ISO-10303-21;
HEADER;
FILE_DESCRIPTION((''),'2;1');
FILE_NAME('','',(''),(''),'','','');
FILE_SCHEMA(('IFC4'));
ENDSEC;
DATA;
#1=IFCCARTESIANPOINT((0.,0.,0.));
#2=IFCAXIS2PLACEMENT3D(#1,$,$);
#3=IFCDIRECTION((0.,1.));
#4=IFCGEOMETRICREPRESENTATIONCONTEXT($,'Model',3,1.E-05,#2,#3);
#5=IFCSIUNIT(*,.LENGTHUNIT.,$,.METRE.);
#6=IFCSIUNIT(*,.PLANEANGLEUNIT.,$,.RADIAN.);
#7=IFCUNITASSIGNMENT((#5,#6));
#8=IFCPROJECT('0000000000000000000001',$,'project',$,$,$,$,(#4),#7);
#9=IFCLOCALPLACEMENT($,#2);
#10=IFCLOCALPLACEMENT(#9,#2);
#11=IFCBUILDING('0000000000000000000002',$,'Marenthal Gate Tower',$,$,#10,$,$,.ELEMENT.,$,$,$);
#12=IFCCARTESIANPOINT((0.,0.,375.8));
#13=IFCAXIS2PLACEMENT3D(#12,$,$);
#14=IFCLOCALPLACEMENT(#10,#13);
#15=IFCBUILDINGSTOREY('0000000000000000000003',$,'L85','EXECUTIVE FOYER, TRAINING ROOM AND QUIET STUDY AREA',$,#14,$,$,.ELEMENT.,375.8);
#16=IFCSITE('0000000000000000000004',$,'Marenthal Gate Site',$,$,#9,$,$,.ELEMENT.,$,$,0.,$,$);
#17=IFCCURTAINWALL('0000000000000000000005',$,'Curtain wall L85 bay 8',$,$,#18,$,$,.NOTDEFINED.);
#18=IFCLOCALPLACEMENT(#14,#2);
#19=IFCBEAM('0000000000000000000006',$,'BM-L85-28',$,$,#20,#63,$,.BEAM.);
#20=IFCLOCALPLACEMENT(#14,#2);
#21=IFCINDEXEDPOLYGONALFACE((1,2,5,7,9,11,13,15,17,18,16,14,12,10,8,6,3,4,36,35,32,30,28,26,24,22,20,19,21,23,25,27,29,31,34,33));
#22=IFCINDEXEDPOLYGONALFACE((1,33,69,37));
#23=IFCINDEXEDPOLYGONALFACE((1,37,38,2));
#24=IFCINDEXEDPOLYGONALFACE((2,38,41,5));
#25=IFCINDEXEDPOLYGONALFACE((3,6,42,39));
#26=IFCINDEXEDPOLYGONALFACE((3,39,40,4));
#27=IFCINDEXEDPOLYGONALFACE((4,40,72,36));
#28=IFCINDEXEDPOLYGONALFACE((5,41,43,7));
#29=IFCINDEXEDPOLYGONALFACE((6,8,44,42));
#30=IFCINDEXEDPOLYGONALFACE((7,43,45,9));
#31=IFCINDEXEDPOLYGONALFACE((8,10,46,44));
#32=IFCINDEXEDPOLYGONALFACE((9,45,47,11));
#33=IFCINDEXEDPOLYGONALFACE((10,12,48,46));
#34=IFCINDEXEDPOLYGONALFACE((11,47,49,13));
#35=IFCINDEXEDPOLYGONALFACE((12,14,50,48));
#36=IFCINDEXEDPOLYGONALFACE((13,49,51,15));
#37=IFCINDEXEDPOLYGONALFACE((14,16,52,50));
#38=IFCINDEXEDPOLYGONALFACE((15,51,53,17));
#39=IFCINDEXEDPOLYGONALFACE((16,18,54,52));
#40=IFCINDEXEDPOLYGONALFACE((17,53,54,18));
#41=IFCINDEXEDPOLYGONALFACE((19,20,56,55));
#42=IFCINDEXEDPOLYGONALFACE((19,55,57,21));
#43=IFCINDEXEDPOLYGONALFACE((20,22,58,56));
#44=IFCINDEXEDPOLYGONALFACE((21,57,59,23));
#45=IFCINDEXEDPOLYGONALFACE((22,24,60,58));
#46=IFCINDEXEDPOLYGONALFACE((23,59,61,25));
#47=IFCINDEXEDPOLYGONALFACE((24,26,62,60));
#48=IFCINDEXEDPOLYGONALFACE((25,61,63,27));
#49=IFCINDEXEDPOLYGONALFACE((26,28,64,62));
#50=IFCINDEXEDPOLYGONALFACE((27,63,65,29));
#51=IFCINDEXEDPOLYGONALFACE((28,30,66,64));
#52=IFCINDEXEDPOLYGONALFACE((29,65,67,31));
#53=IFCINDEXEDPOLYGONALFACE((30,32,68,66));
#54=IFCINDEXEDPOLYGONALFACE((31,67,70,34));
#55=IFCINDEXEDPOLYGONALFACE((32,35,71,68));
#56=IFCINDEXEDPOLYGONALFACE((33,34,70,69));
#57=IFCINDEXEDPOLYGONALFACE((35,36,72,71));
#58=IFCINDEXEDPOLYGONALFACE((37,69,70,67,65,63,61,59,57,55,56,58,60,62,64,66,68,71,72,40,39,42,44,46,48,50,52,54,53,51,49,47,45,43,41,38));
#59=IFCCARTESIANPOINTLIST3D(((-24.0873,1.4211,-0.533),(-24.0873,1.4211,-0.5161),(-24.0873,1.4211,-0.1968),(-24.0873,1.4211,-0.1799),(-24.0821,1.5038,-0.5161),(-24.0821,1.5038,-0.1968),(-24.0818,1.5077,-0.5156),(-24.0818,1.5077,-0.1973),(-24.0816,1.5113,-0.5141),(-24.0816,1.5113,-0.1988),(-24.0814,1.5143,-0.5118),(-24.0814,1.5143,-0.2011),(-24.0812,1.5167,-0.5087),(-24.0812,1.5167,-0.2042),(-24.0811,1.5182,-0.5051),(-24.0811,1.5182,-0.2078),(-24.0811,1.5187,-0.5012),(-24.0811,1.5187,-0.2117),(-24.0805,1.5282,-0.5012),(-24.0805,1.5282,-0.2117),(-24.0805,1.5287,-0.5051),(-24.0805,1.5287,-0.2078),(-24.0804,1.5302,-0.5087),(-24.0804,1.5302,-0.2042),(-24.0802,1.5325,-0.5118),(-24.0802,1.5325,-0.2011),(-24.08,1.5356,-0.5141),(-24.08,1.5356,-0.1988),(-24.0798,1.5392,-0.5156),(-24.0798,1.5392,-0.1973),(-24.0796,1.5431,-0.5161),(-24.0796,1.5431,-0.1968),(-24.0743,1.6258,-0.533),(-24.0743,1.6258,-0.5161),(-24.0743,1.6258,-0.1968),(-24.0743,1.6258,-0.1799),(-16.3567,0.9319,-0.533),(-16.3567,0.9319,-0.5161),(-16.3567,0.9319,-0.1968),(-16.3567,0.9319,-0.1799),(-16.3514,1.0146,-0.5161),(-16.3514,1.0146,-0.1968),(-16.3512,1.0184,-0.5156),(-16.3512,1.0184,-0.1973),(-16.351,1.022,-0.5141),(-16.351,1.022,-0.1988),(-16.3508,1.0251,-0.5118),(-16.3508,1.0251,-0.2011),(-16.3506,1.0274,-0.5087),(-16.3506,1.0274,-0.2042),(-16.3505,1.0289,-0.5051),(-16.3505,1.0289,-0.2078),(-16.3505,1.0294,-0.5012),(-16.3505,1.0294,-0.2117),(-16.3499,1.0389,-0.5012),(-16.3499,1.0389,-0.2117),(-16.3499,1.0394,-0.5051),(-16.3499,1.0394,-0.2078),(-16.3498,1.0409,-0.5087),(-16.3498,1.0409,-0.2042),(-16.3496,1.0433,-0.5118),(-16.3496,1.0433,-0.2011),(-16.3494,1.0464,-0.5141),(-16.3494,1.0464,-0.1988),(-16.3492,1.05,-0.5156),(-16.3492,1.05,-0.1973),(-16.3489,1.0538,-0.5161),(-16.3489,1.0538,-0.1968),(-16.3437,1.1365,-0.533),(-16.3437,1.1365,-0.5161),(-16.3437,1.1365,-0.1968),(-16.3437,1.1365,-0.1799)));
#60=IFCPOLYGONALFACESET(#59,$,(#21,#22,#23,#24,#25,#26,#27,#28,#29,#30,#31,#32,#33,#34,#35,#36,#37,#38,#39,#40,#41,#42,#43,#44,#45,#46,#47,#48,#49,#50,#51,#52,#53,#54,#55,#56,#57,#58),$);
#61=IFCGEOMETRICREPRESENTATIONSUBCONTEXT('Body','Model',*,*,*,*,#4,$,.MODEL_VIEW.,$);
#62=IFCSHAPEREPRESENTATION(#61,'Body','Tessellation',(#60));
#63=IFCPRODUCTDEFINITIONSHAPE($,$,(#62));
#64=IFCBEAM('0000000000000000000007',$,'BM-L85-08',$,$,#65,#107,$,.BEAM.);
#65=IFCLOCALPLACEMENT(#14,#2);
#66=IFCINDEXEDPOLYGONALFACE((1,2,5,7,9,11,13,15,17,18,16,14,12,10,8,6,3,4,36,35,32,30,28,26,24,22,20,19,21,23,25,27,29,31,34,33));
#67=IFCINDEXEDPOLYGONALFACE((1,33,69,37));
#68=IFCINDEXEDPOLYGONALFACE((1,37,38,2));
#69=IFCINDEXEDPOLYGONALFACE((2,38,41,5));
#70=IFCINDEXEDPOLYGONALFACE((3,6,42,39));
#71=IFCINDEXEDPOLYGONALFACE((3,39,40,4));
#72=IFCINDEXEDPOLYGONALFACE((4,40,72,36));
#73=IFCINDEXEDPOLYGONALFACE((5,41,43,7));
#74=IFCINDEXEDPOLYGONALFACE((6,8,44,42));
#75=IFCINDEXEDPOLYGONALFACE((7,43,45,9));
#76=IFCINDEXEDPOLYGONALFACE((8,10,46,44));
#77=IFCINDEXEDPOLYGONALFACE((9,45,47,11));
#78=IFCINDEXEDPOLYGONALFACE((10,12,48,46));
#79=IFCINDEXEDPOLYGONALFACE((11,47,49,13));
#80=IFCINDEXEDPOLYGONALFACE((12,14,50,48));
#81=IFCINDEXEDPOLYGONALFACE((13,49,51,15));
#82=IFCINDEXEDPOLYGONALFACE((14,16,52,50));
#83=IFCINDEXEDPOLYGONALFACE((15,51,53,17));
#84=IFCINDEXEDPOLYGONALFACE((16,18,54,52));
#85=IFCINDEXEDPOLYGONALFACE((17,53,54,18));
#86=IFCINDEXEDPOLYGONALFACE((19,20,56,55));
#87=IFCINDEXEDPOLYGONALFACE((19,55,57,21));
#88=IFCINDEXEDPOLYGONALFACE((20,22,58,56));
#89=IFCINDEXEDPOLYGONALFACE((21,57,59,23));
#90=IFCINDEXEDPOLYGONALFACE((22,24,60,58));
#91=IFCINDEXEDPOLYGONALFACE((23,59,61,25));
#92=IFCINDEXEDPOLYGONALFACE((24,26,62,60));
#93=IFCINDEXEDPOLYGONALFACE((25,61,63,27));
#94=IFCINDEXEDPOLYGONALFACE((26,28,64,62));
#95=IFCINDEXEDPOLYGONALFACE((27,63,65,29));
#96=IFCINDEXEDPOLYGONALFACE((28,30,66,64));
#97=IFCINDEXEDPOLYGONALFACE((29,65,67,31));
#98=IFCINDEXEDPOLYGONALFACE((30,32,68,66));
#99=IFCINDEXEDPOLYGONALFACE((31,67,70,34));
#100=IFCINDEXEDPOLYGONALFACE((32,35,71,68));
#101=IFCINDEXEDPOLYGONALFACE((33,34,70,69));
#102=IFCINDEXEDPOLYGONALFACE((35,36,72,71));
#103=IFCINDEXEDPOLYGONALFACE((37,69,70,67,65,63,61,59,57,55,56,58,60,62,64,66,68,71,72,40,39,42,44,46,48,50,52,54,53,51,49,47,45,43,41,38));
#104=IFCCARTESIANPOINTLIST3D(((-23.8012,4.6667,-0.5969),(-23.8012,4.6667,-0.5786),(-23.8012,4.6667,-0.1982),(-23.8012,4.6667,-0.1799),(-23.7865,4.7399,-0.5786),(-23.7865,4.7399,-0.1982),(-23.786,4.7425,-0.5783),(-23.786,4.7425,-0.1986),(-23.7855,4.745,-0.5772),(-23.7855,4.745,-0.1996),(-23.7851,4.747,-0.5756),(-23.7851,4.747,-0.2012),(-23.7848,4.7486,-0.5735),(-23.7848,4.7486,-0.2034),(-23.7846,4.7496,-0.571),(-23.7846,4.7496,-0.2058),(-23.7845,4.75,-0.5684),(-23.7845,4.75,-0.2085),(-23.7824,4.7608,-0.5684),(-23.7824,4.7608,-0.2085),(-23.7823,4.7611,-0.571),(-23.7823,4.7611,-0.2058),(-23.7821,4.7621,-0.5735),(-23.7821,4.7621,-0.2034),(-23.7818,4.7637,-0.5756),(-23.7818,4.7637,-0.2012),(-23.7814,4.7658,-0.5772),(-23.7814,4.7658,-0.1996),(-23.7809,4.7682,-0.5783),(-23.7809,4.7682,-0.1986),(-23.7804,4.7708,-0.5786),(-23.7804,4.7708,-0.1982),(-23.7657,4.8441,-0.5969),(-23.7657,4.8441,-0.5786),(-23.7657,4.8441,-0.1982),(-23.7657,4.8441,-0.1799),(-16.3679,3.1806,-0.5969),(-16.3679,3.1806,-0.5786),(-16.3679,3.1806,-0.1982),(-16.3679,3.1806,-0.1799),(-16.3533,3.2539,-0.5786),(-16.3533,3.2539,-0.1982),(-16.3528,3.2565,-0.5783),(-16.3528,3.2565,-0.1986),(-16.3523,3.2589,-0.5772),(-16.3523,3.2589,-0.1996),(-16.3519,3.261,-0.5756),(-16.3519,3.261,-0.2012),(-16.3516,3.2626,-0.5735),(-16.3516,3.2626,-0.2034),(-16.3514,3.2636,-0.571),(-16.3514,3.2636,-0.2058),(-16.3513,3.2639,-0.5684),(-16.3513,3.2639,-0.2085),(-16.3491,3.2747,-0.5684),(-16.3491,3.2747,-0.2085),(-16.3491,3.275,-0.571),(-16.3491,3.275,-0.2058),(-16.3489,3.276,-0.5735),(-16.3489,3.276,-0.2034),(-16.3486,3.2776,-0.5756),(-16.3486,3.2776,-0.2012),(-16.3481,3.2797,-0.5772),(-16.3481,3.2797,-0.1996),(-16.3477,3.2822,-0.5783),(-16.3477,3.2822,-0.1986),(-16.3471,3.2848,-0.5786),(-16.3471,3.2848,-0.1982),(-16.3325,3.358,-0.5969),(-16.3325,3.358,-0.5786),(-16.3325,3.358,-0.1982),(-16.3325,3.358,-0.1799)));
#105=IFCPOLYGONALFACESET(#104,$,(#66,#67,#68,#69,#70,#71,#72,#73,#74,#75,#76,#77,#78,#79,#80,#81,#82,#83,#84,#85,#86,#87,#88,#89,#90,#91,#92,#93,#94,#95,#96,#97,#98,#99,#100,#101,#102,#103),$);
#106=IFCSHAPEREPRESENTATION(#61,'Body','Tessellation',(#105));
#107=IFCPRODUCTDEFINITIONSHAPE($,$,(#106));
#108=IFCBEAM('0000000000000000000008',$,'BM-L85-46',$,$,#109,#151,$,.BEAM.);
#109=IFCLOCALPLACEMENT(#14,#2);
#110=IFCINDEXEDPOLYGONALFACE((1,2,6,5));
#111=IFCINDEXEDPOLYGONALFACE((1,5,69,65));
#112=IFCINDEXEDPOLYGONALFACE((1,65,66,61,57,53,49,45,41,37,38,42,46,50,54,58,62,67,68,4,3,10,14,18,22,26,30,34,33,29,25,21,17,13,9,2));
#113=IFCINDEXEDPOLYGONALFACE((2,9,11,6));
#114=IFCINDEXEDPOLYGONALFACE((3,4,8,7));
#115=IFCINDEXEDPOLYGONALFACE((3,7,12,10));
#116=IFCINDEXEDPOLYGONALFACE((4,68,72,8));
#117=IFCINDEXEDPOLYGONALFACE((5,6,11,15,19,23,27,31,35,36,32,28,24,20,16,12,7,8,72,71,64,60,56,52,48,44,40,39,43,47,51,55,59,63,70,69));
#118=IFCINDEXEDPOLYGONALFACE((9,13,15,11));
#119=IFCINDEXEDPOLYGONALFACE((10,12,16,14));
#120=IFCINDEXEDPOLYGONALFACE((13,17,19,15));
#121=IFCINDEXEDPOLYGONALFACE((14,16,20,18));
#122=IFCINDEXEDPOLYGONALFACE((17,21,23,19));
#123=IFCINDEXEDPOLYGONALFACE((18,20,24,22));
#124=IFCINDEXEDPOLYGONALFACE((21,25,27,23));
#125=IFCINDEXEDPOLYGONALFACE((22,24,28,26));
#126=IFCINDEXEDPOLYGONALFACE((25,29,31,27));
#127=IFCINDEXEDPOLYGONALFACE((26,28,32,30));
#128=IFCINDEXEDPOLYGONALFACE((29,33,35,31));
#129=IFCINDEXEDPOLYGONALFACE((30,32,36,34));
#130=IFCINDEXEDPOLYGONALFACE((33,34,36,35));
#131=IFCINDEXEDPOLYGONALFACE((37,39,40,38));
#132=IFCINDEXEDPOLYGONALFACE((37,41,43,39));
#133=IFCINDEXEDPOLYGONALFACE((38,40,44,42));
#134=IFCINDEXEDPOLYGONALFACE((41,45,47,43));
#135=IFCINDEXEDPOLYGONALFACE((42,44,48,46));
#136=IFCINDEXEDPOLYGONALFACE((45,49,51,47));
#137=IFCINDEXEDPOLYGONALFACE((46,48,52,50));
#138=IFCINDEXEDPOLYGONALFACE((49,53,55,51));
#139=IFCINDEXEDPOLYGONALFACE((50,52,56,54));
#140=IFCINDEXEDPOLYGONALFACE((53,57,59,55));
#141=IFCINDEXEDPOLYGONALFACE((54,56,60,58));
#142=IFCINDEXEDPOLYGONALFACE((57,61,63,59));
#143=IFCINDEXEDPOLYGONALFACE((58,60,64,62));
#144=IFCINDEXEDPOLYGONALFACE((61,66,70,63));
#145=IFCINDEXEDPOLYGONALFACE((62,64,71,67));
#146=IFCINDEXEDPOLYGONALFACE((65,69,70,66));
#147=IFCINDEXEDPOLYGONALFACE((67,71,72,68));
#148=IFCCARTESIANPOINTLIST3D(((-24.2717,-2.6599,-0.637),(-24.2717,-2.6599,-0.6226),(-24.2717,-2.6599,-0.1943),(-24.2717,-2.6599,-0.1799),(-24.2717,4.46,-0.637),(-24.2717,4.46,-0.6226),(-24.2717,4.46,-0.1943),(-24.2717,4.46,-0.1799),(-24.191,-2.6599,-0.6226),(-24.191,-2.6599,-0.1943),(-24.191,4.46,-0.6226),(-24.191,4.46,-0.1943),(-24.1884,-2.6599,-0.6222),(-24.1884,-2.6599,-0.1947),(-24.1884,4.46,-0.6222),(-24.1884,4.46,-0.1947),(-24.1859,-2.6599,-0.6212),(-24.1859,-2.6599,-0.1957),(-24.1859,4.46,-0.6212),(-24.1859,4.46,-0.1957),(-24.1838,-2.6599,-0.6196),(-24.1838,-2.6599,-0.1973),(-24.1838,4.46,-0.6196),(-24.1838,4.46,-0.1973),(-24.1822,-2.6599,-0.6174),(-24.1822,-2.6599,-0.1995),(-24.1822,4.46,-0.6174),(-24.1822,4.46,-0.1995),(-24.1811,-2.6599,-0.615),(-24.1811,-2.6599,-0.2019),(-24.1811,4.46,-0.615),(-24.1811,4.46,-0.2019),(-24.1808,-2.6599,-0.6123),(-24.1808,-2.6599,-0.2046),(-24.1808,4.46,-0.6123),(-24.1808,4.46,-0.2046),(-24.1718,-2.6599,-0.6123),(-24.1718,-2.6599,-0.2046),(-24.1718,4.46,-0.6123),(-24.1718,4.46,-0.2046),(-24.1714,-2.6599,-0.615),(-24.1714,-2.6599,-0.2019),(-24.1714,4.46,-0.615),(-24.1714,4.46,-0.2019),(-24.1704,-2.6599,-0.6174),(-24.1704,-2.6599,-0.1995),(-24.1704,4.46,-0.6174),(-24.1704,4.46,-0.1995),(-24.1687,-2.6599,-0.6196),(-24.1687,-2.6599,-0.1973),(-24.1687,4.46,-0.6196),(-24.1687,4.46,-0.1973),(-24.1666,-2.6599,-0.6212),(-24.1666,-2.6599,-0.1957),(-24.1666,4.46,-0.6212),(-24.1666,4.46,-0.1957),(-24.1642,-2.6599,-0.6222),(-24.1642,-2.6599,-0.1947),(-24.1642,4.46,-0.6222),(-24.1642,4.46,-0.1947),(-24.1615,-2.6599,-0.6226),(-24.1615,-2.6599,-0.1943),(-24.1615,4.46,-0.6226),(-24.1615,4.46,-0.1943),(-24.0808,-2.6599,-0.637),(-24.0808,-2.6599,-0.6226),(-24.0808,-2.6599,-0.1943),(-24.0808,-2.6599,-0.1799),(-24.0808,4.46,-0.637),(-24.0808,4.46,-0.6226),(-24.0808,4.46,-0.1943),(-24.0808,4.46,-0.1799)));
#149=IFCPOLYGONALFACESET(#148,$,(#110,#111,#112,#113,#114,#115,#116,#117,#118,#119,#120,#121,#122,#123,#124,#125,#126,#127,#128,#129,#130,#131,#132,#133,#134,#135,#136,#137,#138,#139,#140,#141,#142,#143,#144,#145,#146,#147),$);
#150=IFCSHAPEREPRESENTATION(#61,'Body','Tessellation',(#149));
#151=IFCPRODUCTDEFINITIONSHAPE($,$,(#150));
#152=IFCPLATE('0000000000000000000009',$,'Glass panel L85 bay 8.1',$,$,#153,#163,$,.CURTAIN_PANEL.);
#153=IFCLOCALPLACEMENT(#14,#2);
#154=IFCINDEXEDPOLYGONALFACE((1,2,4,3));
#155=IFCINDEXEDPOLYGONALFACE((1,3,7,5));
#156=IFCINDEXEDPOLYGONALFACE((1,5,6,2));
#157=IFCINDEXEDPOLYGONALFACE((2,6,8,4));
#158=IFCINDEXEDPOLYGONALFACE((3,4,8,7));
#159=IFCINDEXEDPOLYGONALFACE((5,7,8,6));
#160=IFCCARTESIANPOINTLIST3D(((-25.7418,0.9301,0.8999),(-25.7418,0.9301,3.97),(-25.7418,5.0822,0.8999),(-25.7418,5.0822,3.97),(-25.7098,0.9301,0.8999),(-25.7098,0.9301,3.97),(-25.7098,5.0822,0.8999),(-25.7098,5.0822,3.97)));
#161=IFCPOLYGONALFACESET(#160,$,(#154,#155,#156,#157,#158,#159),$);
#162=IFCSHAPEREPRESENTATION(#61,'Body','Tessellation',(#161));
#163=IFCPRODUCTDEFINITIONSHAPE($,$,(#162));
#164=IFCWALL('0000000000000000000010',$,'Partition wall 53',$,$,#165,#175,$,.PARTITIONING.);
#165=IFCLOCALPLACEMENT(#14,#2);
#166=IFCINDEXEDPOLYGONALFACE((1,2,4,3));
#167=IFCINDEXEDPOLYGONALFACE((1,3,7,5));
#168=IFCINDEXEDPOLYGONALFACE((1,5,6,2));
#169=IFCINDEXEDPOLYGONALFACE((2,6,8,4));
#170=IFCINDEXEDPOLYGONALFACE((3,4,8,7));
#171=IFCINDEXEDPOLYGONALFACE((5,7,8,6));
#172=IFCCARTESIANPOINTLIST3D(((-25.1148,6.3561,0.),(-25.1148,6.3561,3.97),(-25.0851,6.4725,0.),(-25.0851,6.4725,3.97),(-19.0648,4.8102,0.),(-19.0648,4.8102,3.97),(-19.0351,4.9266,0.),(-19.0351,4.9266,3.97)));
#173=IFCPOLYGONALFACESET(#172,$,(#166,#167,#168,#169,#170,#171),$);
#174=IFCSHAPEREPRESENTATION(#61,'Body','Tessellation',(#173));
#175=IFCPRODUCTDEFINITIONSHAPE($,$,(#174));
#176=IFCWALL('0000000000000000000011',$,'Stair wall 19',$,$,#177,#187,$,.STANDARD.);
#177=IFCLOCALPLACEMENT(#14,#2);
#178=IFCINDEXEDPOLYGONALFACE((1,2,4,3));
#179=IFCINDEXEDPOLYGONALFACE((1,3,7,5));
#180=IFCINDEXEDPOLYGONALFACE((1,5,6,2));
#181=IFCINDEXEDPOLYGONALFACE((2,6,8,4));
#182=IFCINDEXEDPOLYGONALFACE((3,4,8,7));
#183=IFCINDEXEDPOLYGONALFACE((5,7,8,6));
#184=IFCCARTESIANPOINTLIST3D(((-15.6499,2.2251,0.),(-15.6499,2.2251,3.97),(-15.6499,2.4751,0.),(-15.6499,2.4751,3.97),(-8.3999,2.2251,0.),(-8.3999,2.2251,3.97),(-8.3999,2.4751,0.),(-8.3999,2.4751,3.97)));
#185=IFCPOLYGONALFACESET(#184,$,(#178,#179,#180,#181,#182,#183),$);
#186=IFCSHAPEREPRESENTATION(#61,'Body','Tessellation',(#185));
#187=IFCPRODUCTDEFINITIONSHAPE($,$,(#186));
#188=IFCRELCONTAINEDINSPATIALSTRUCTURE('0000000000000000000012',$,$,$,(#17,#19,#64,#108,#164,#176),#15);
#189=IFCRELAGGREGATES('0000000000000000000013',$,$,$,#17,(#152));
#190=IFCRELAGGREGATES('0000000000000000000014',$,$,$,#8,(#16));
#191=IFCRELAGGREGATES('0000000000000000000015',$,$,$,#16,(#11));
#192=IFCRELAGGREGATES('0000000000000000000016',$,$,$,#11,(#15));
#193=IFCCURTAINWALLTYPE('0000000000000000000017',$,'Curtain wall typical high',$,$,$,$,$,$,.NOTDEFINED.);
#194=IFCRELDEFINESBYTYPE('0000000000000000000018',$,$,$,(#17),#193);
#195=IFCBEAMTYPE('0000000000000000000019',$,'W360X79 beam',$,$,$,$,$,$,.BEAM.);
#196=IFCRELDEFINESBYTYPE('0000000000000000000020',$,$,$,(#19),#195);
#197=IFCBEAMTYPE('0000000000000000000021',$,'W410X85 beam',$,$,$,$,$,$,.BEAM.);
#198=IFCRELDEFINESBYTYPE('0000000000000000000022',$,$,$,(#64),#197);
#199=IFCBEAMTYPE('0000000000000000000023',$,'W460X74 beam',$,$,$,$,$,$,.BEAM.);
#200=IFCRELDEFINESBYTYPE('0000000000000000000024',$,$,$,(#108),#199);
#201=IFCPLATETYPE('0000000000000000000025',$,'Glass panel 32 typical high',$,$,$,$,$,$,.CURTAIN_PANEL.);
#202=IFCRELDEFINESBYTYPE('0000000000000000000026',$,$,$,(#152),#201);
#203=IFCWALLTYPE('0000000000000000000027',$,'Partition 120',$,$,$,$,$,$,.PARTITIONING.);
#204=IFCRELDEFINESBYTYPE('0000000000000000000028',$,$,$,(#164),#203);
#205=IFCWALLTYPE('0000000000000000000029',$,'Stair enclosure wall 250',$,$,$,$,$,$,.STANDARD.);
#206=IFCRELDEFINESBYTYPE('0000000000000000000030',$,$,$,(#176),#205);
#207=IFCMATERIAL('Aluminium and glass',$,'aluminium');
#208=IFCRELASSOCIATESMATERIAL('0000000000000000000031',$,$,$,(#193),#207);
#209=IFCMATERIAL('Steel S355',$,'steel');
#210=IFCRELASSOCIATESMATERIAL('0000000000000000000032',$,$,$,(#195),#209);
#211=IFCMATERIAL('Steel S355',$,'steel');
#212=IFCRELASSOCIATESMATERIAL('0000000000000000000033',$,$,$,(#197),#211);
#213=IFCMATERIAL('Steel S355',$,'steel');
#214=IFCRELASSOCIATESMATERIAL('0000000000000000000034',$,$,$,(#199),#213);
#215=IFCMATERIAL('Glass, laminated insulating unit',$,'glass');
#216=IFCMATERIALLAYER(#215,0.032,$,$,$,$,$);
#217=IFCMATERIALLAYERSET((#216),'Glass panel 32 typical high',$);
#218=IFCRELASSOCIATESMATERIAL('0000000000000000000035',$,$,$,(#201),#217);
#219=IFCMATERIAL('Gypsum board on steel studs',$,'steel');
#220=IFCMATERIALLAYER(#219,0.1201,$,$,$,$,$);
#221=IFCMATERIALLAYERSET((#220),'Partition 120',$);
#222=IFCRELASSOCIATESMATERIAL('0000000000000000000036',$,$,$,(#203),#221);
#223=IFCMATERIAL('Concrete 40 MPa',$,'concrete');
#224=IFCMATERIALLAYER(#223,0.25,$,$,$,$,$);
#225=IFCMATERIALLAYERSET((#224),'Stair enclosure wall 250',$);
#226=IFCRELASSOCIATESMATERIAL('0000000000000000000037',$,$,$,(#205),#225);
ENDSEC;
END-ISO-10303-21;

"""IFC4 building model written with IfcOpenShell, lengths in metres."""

from ifc_helpers import new_model, si_unit, direction, frame, frame_2d, origin, origin_2d, place, context, subcontext, project, spatial, rectangle, i_section, extrude, material, layer, layer_set, material_profile, profile_set, type_object, element, aggregate, save


model = new_model("IFC4")

# Units and contexts
model_context = context("Model", 3, precision=1e-05, world=origin(), true_north=direction((0.0, 1.0)))
body_context = subcontext(model_context, "Body", "Model", "MODEL_VIEW")
ifc_project = project(units=[si_unit("LENGTHUNIT", "METRE"), si_unit("PLANEANGLEUNIT", "RADIAN")], contexts=[model_context])

# Site, building, storey
site_placement = place(None, origin())
site = spatial("IfcSite", under=ifc_project, at=site_placement, Name="Marenthal Gate Site", CompositionType="ELEMENT", RefElevation=0.0)
building_placement = place(site_placement, origin())
building = spatial("IfcBuilding", under=site, at=building_placement, Name="Marenthal Gate Tower", CompositionType="ELEMENT")
storey_placement = place(building_placement, frame((0.0, 0.0, 375.8)))
storey = spatial("IfcBuildingStorey", under=building, at=storey_placement, Name="L85", Description="EXECUTIVE FOYER, TRAINING ROOM AND QUIET STUDY AREA", CompositionType="ELEMENT", Elevation=375.8)

# Curtain wall
ifc_material_1 = material(Name="Aluminium and glass", Category="aluminium")
curtain_wall_type = type_object("IfcCurtainWallType", Name="Curtain wall typical high", PredefinedType="NOTDEFINED", material=ifc_material_1)
curtain_wall_placement = place(storey_placement, origin())
curtain_wall = element("IfcCurtainWall", 1, at=curtain_wall_placement, inside=storey, type_object=curtain_wall_type, Name="Curtain wall L85 bay 8", PredefinedType="NOTDEFINED")

# Beams
ifc_material_2 = material(Name="Steel S355", Category="steel")
ifc_material_profile_1 = material_profile(ifc_material_2, i_section(OverallWidth=0.2051, OverallDepth=0.353, WebThickness=0.0095, FlangeThickness=0.0168, FilletRadius=0.0149, at=origin_2d()), Name="W360X79")
ifc_profile_set_1 = profile_set([ifc_material_profile_1], Name="Steel S355")
beam_type_1 = type_object("IfcBeamType", Name="W360X79 beam", PredefinedType="BEAM", material=ifc_profile_set_1)
beam_1_placement = place(storey_placement, frame((-24.0808, 1.5234, -0.3564), z_axis=(0.998003, -0.063161, 0.0), x_axis=(0.063161, 0.998003, 0.0)))
element("IfcBeam", 2, at=beam_1_placement, inside=storey, type_object=beam_type_1, Name="BM-L85-28", PredefinedType="BEAM", context=body_context, shape_type="SweptSolid", body=[
    extrude(i_section(OverallWidth=0.2051, OverallDepth=0.353, WebThickness=0.0095, FlangeThickness=0.0168, FilletRadius=0.0149, at=origin_2d()), origin(), (0.0, 0.0, 1.0), 7.7461),
])
ifc_material_3 = material(Name="Steel S355", Category="steel")
ifc_material_profile_2 = material_profile(ifc_material_3, i_section(OverallWidth=0.1809, OverallDepth=0.417, WebThickness=0.011, FlangeThickness=0.0183, FilletRadius=0.0103, at=origin_2d()), Name="W410X85")
ifc_profile_set_2 = profile_set([ifc_material_profile_2], Name="Steel S355")
beam_type_2 = type_object("IfcBeamType", Name="W410X85 beam", PredefinedType="BEAM", material=ifc_profile_set_2)
beam_2_placement = place(storey_placement, frame((-23.7834, 4.7554, -0.3884), z_axis=(0.980596, -0.196042, 0.0), x_axis=(0.196042, 0.980596, 0.0)))
element("IfcBeam", 3, at=beam_2_placement, inside=storey, type_object=beam_type_2, Name="BM-L85-08", PredefinedType="BEAM", context=body_context, shape_type="SweptSolid", body=[
    extrude(i_section(OverallWidth=0.1809, OverallDepth=0.417, WebThickness=0.011, FlangeThickness=0.0183, FilletRadius=0.0103, at=origin_2d()), origin(), (0.0, 0.0, 1.0), 7.5803),
])
ifc_material_4 = material(Name="Steel S355", Category="steel")
ifc_material_profile_3 = material_profile(ifc_material_4, i_section(OverallWidth=0.1909, OverallDepth=0.457, WebThickness=0.009, FlangeThickness=0.0144, FilletRadius=0.0103, at=origin_2d()), Name="W460X74")
ifc_profile_set_3 = profile_set([ifc_material_profile_3], Name="Steel S355")
beam_type_3 = type_object("IfcBeamType", Name="W460X74 beam", PredefinedType="BEAM", material=ifc_profile_set_3)
beam_3_placement = place(storey_placement, frame((-24.1763, 4.46, -0.4084), z_axis=(0.0, -1.0, 0.0), x_axis=(1.0, 0.0, 0.0)))
element("IfcBeam", 4, at=beam_3_placement, inside=storey, type_object=beam_type_3, Name="BM-L85-46", PredefinedType="BEAM", context=body_context, shape_type="SweptSolid", body=[
    extrude(i_section(OverallWidth=0.1909, OverallDepth=0.457, WebThickness=0.009, FlangeThickness=0.0144, FilletRadius=0.0103, at=origin_2d()), origin(), (0.0, 0.0, 1.0), 7.1199),
])

# Plate
ifc_material_5 = material(Name="Glass, laminated insulating unit", Category="glass")
ifc_layer_1 = layer(ifc_material_5, 0.032)
ifc_layer_set_1 = layer_set([ifc_layer_1], Name="Glass panel 32 typical high")
plate_type = type_object("IfcPlateType", Name="Glass panel 32 typical high", PredefinedType="CURTAIN_PANEL", material=ifc_layer_set_1)
plate_placement = place(storey_placement, frame((-25.7258, 3.0061, 0.8999), z_axis=(0.0, 0.0, 1.0), x_axis=(0.0, -1.0, 0.0)))
plate = element("IfcPlate", 5, at=plate_placement, type_object=plate_type, Name="Glass panel L85 bay 8.1", PredefinedType="CURTAIN_PANEL", context=body_context, shape_type="SweptSolid", body=[
    extrude(rectangle(XDim=4.1521, YDim=0.032, at=origin_2d()), origin(), (0.0, 0.0, 1.0), 3.0701),
])
aggregate(curtain_wall, [plate])

# Walls
ifc_material_6 = material(Name="Gypsum board on steel studs", Category="steel")
ifc_layer_2 = layer(ifc_material_6, 0.1201)
ifc_layer_set_2 = layer_set([ifc_layer_2], Name="Partition 120")
wall_type_1 = type_object("IfcWallType", Name="Partition 120", PredefinedType="PARTITIONING", material=ifc_layer_set_2)
wall_1_placement = place(storey_placement, frame((-19.05, 4.8684, 0.0), z_axis=(0.0, 0.0, 1.0), x_axis=(-0.968871, 0.247564, 0.0)))
element("IfcWall", 6, at=wall_1_placement, inside=storey, type_object=wall_type_1, Name="Partition wall 53", PredefinedType="PARTITIONING", context=body_context, shape_type="SweptSolid", body=[
    extrude(rectangle(XDim=6.2444, YDim=0.1201, at=frame_2d((3.1221, 0.0))), origin(), (0.0, 0.0, 1.0), 3.97),
])
ifc_material_7 = material(Name="Concrete 40 MPa", Category="concrete")
ifc_layer_3 = layer(ifc_material_7, 0.25)
ifc_layer_set_3 = layer_set([ifc_layer_3], Name="Stair enclosure wall 250")
wall_type_2 = type_object("IfcWallType", Name="Stair enclosure wall 250", PredefinedType="STANDARD", material=ifc_layer_set_3)
wall_2_placement = place(storey_placement, frame((-15.6499, 2.3501, 0.0), z_axis=(0.0, 0.0, 1.0), x_axis=(1.0, 0.0, 0.0)))
element("IfcWall", 7, at=wall_2_placement, inside=storey, type_object=wall_type_2, Name="Stair wall 19", PredefinedType="STANDARD", context=body_context, shape_type="SweptSolid", body=[
    extrude(rectangle(XDim=7.25, YDim=0.25, at=frame_2d((3.625, 0.0))), origin(), (0.0, 0.0, 1.0), 3.97),
])

save(model, "model.ifc")
